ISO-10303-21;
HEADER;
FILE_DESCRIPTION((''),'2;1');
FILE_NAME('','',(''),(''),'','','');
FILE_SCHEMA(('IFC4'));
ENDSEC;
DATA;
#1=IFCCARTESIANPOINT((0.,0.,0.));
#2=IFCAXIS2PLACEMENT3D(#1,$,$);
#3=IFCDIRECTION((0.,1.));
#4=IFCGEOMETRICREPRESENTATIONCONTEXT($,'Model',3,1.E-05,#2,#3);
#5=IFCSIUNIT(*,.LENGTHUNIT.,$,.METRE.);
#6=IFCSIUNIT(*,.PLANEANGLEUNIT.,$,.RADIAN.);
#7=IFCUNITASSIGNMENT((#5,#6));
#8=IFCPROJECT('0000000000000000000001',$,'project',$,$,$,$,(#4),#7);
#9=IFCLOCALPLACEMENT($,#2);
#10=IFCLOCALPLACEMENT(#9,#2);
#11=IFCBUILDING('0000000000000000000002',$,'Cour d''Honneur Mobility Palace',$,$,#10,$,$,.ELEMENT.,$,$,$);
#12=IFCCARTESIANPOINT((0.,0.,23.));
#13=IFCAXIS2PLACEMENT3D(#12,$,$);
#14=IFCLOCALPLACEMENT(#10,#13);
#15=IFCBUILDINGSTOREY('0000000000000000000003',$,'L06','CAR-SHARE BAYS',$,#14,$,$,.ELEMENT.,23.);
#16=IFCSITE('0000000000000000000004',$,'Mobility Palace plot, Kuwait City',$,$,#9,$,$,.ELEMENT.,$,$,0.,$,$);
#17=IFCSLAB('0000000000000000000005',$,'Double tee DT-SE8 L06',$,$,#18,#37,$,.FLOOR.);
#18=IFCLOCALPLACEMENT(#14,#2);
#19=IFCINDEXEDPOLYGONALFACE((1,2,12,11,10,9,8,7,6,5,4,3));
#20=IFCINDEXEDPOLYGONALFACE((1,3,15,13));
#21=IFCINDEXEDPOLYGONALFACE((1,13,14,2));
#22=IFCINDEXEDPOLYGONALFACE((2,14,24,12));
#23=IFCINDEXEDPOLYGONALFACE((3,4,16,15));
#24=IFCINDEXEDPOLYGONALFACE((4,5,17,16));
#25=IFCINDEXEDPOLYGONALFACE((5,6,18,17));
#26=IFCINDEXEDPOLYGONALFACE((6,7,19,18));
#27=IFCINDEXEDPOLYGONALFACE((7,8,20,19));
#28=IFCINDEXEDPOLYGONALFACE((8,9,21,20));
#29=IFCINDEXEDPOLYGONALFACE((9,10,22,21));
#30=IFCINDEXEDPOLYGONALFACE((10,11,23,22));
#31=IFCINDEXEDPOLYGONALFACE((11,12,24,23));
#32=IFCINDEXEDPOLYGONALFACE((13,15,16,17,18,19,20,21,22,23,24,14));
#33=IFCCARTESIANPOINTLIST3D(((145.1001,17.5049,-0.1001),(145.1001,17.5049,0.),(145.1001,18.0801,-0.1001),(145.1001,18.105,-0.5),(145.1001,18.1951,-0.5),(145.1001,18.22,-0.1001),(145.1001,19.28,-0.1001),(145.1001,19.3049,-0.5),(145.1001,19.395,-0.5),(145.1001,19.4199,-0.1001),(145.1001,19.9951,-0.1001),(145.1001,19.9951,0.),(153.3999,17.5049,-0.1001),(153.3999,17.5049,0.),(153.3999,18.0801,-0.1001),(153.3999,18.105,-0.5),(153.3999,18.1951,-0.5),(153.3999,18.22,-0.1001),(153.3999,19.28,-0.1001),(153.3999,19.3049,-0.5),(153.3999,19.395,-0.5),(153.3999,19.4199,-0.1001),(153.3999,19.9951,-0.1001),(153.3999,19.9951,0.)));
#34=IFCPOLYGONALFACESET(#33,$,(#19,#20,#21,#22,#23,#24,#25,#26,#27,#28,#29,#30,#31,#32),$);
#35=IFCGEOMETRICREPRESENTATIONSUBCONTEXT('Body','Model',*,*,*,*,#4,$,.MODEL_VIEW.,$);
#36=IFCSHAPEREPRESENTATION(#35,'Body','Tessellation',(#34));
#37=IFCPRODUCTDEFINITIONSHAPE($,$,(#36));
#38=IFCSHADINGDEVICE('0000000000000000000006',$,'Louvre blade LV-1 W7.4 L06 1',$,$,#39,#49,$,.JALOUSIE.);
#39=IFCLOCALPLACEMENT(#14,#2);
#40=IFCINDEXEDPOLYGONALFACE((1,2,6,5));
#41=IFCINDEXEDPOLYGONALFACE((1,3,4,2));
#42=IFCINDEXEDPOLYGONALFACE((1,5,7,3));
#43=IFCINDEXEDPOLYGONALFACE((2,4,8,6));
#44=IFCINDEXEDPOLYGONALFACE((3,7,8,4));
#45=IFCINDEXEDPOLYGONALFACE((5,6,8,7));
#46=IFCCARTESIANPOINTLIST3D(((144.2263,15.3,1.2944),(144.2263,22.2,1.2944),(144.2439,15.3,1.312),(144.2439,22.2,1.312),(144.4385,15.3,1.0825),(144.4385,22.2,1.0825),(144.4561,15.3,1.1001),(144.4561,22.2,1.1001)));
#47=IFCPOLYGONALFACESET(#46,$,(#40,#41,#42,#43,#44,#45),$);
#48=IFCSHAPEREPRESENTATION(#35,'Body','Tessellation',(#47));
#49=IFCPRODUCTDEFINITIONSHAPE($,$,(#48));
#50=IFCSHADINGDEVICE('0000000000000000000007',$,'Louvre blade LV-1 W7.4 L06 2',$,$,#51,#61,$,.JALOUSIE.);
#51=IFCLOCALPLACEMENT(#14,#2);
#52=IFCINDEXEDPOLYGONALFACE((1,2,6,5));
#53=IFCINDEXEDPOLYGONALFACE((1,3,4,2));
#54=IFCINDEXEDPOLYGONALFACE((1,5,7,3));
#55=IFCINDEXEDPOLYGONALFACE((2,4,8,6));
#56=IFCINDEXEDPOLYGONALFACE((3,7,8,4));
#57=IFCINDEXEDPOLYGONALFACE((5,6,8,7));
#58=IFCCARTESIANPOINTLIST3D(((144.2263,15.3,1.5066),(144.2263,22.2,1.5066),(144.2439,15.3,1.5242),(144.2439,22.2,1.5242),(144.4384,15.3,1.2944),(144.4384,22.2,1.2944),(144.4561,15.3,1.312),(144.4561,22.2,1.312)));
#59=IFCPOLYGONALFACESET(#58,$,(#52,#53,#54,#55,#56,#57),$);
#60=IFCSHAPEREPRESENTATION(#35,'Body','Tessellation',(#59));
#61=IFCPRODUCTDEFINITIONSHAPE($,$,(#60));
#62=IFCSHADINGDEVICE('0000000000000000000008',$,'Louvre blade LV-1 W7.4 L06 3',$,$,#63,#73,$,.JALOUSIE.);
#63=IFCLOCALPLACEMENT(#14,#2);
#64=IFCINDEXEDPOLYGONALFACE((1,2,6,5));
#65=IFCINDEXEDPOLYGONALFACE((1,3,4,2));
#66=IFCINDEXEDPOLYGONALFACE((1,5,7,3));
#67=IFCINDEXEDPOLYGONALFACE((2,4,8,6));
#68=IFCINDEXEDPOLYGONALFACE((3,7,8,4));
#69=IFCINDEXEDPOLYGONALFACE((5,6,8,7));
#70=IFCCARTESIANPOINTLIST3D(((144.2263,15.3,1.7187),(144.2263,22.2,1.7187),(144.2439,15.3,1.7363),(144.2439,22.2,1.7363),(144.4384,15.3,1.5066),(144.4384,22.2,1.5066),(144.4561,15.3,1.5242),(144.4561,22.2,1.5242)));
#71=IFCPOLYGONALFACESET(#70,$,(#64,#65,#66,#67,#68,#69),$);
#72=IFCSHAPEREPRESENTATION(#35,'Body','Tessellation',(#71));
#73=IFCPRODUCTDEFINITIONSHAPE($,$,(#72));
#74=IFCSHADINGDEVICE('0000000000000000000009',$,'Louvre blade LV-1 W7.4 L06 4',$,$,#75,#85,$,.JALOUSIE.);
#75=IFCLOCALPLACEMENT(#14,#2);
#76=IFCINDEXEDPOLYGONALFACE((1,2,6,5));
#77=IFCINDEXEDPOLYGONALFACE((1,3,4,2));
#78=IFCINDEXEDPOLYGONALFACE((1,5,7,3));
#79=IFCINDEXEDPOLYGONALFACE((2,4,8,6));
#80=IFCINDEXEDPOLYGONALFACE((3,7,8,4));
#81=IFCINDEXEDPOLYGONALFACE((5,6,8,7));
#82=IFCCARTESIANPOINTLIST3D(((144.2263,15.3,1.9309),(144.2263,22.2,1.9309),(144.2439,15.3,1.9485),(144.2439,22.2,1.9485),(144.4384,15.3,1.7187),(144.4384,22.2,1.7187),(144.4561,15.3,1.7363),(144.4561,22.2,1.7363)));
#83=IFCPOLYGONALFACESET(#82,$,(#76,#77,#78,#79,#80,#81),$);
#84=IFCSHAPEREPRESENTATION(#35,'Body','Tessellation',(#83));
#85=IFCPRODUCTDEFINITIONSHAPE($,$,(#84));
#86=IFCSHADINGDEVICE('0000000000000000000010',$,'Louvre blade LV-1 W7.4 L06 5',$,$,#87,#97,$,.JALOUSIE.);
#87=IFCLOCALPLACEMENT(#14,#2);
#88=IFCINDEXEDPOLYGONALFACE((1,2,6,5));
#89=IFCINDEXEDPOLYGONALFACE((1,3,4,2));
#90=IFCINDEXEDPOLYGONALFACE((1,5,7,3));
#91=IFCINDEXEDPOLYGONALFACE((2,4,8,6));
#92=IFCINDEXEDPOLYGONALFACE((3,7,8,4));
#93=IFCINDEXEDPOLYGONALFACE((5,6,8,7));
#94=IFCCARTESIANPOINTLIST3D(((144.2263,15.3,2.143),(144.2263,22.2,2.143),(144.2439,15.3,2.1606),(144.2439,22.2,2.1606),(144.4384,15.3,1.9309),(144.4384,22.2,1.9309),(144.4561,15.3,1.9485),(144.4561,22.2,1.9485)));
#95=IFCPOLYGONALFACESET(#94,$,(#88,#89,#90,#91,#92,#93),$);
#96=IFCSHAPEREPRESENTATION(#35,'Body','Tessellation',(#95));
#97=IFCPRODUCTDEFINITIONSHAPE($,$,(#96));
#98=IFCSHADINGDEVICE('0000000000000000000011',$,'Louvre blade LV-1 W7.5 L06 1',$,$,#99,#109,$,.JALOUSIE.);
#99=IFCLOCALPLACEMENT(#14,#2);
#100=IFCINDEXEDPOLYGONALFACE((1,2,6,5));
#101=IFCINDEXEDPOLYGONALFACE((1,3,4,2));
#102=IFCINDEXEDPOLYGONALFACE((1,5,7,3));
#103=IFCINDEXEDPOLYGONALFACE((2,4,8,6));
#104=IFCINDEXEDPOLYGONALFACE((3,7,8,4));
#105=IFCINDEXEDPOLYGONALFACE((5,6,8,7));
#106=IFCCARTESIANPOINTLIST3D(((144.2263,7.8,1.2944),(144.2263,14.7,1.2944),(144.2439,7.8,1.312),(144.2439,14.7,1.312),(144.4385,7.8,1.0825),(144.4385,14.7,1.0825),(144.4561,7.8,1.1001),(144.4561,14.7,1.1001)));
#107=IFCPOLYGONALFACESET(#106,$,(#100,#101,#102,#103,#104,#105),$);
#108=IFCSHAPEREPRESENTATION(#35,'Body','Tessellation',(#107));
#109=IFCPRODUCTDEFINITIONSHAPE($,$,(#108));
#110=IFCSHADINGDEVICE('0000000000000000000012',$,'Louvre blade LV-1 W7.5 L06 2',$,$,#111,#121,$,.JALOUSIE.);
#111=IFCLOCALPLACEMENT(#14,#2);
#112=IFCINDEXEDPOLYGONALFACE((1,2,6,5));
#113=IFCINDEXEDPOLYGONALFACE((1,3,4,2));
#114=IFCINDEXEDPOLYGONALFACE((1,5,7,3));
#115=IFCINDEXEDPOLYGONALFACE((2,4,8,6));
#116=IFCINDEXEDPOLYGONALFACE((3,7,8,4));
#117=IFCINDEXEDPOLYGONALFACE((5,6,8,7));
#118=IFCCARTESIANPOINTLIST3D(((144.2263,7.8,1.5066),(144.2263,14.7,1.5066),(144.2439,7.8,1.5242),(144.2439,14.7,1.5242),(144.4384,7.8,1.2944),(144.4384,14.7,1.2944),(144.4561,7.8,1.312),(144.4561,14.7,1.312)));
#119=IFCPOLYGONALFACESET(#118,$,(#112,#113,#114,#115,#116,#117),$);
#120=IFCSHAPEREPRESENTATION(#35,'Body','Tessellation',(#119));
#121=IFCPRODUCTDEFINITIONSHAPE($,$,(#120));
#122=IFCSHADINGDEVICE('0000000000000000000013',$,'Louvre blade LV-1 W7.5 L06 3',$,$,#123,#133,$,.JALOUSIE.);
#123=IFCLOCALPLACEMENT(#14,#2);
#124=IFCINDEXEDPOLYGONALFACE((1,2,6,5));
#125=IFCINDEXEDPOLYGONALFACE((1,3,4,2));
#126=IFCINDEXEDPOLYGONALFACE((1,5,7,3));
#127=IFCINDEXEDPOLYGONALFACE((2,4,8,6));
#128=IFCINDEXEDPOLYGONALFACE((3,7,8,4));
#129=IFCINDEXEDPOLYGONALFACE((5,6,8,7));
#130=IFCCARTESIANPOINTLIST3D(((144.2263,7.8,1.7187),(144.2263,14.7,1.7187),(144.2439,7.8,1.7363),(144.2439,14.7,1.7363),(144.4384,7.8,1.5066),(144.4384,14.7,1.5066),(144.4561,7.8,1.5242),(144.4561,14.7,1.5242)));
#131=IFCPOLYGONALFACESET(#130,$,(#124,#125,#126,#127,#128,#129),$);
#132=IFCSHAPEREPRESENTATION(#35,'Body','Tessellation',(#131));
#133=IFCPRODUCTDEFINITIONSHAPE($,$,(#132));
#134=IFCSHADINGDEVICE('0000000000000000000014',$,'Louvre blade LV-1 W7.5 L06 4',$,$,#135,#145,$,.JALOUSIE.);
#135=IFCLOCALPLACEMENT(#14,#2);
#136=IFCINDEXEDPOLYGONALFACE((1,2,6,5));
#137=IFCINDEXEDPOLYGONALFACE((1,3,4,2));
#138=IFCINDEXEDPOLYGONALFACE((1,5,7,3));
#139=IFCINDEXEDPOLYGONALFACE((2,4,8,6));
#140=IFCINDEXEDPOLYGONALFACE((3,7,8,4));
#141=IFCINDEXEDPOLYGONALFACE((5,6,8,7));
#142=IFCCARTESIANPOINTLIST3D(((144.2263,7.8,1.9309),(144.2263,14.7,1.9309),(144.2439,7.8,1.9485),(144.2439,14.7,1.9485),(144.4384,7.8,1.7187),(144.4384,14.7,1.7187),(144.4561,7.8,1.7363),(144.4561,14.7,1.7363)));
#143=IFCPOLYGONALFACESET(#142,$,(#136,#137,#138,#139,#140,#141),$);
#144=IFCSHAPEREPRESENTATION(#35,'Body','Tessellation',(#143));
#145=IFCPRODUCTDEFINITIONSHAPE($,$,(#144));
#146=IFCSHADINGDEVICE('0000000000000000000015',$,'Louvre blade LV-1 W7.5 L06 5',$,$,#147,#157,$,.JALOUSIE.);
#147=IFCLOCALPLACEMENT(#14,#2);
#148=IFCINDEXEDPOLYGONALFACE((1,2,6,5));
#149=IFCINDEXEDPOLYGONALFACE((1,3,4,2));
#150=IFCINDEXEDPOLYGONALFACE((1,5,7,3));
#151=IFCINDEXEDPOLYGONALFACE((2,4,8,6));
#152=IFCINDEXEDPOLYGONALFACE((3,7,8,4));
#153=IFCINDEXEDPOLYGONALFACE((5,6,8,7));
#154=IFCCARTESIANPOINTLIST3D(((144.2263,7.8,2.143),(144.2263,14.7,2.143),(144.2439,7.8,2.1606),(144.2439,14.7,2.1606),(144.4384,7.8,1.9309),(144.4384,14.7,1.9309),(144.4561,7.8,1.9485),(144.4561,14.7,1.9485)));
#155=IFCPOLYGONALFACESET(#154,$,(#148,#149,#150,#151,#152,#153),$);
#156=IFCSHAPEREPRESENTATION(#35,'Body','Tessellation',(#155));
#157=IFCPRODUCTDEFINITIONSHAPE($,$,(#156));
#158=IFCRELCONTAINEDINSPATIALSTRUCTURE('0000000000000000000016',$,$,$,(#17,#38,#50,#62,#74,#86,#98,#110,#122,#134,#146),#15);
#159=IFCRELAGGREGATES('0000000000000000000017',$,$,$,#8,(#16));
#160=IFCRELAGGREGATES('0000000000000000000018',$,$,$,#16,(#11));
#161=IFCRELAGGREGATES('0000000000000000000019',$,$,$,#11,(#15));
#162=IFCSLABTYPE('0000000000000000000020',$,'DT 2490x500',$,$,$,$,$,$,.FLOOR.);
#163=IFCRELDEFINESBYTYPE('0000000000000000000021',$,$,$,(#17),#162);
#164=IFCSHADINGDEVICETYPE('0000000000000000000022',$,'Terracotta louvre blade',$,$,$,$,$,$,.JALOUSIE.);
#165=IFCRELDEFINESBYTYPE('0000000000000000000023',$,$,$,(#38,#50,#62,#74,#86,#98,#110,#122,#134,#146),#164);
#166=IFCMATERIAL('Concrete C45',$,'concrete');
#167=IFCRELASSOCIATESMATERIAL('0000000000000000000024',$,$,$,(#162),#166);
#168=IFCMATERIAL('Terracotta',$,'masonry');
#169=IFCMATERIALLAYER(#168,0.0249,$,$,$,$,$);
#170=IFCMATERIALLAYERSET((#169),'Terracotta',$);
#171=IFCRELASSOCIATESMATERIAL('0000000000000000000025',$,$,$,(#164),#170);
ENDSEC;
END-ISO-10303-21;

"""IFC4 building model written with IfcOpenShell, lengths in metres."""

from ifc_helpers import new_model, si_unit, direction, frame, origin, place, context, subcontext, project, spatial, polyline, outline, extrude, material, layer, layer_set, material_profile, profile_set, type_object, element, save


model = new_model("IFC4")

# Units and contexts
model_context = context("Model", 3, precision=1e-05, world=origin(), true_north=direction((0.0, 1.0)))
body_context = subcontext(model_context, "Body", "Model", "MODEL_VIEW")
ifc_project = project(units=[si_unit("LENGTHUNIT", "METRE"), si_unit("PLANEANGLEUNIT", "RADIAN")], contexts=[model_context])

# Site, building, storey
site_placement = place(None, origin())
site = spatial("IfcSite", under=ifc_project, at=site_placement, Name="Mobility Palace plot, Kuwait City", CompositionType="ELEMENT", RefElevation=0.0)
building_placement = place(site_placement, origin())
building = spatial("IfcBuilding", under=site, at=building_placement, Name="Cour d'Honneur Mobility Palace", CompositionType="ELEMENT")
storey_placement = place(building_placement, frame((0.0, 0.0, 23.0)))
storey = spatial("IfcBuildingStorey", under=building, at=storey_placement, Name="L06", Description="CAR-SHARE BAYS", CompositionType="ELEMENT", Elevation=23.0)

# Slab
ifc_material_1 = material(Name="Concrete C45", Category="concrete")
ifc_material_profile_1 = material_profile(ifc_material_1, outline(polyline([(-1.2451, 0.0), (1.2451, 0.0), (1.2451, -0.1001), (0.6699, -0.1001), (0.645, -0.5), (0.5549, -0.5), (0.53, -0.1001), (-0.53, -0.1001), (-0.5549, -0.5), (-0.645, -0.5), (-0.6699, -0.1001), (-1.2451, -0.1001), (-1.2451, 0.0)])), Name="DT 2490x500")
ifc_profile_set_1 = profile_set([ifc_material_profile_1], Name="Concrete C45")
slab_type = type_object("IfcSlabType", Name="DT 2490x500", PredefinedType="FLOOR", material=ifc_profile_set_1)
slab_1_placement = place(storey_placement, frame((145.1001, 18.75, 0.0), z_axis=(1.0, 0.0, 0.0), x_axis=(0.0, 1.0, 0.0)))
element("IfcSlab", 1, at=slab_1_placement, inside=storey, type_object=slab_type, Name="Double tee DT-SE8 L06", PredefinedType="FLOOR", context=body_context, shape_type="SweptSolid", body=[
    extrude(outline(polyline([(-1.2451, 0.0), (1.2451, 0.0), (1.2451, -0.1001), (0.6699, -0.1001), (0.645, -0.5), (0.5549, -0.5), (0.53, -0.1001), (-0.53, -0.1001), (-0.5549, -0.5), (-0.645, -0.5), (-0.6699, -0.1001), (-1.2451, -0.1001), (-1.2451, 0.0)])), origin(), (0.0, 0.0, 1.0), 8.2998),
])

# Shading devices
ifc_material_2 = material(Name="Terracotta", Category="masonry")
ifc_layer = layer(ifc_material_2, 0.0249)
ifc_layer_set = layer_set([ifc_layer], Name="Terracotta")
shading_device_type = type_object("IfcShadingDeviceType", Name="Terracotta louvre blade", PredefinedType="JALOUSIE", material=ifc_layer_set)
shading_device_1_placement = place(storey_placement, frame((144.4561, 22.2, 1.1001), z_axis=(0.7067, 0.0, 0.707514), x_axis=(0.0, -1.0, 0.0)))
element("IfcShadingDevice", 2, at=shading_device_1_placement, inside=storey, type_object=shading_device_type, Name="Louvre blade LV-1 W7.4 L06 1", PredefinedType="JALOUSIE", context=body_context, shape_type="SweptSolid", body=[
    extrude(outline(polyline([(0.0, 0.0), (6.8999, 0.0), (6.8999, -0.2999), (0.0, -0.2999), (0.0, 0.0)])), origin(), (0.0, 0.0, -1.0), 0.0249),
])
for number, where, z_axis, x_axis, name in (
    (3, (144.4561, 22.2, 1.312), (0.707107, 0.0, 0.707107), (0.0, -1.0, 0.0), "Louvre blade LV-1 W7.4 L06 2"),
    (4, (144.4561, 22.2, 1.5242), (0.707107, 0.0, 0.707107), (0.0, -1.0, 0.0), "Louvre blade LV-1 W7.4 L06 3"),
    (5, (144.4561, 22.2, 1.7363), (0.707107, 0.0, 0.707107), (0.0, -1.0, 0.0), "Louvre blade LV-1 W7.4 L06 4"),
    (6, (144.4561, 22.2, 1.9485), (0.707107, 0.0, 0.707107), (0.0, -1.0, 0.0), "Louvre blade LV-1 W7.4 L06 5"),
):
    element("IfcShadingDevice", number, at=place(storey_placement, frame(where, z_axis=z_axis, x_axis=x_axis)), inside=storey, type_object=shading_device_type, Name=name, PredefinedType="JALOUSIE", context=body_context, shape_type="SweptSolid", body=[
        extrude(outline(polyline([(0.0, 0.0), (6.8999, 0.0), (6.8999, -0.3), (0.0, -0.3), (0.0, 0.0)])), origin(), (0.0, 0.0, -1.0), 0.0249),
    ])
shading_device_2_placement = place(storey_placement, frame((144.4561, 14.7, 1.1001), z_axis=(0.7067, 0.0, 0.707514), x_axis=(0.0, -1.0, 0.0)))
element("IfcShadingDevice", 7, at=shading_device_2_placement, inside=storey, type_object=shading_device_type, Name="Louvre blade LV-1 W7.5 L06 1", PredefinedType="JALOUSIE", context=body_context, shape_type="SweptSolid", body=[
    extrude(outline(polyline([(0.0, 0.0), (6.8999, 0.0), (6.8999, -0.2999), (0.0, -0.2999), (0.0, 0.0)])), origin(), (0.0, 0.0, -1.0), 0.0249),
])
for number, where, z_axis, x_axis, name in (
    (8, (144.4561, 14.7, 1.312), (0.707107, 0.0, 0.707107), (0.0, -1.0, 0.0), "Louvre blade LV-1 W7.5 L06 2"),
    (9, (144.4561, 14.7, 1.5242), (0.707107, 0.0, 0.707107), (0.0, -1.0, 0.0), "Louvre blade LV-1 W7.5 L06 3"),
    (10, (144.4561, 14.7, 1.7363), (0.707107, 0.0, 0.707107), (0.0, -1.0, 0.0), "Louvre blade LV-1 W7.5 L06 4"),
    (11, (144.4561, 14.7, 1.9485), (0.707107, 0.0, 0.707107), (0.0, -1.0, 0.0), "Louvre blade LV-1 W7.5 L06 5"),
):
    element("IfcShadingDevice", number, at=place(storey_placement, frame(where, z_axis=z_axis, x_axis=x_axis)), inside=storey, type_object=shading_device_type, Name=name, PredefinedType="JALOUSIE", context=body_context, shape_type="SweptSolid", body=[
        extrude(outline(polyline([(0.0, 0.0), (6.8999, 0.0), (6.8999, -0.3), (0.0, -0.3), (0.0, 0.0)])), origin(), (0.0, 0.0, -1.0), 0.0249),
    ])

save(model, "model.ifc")
